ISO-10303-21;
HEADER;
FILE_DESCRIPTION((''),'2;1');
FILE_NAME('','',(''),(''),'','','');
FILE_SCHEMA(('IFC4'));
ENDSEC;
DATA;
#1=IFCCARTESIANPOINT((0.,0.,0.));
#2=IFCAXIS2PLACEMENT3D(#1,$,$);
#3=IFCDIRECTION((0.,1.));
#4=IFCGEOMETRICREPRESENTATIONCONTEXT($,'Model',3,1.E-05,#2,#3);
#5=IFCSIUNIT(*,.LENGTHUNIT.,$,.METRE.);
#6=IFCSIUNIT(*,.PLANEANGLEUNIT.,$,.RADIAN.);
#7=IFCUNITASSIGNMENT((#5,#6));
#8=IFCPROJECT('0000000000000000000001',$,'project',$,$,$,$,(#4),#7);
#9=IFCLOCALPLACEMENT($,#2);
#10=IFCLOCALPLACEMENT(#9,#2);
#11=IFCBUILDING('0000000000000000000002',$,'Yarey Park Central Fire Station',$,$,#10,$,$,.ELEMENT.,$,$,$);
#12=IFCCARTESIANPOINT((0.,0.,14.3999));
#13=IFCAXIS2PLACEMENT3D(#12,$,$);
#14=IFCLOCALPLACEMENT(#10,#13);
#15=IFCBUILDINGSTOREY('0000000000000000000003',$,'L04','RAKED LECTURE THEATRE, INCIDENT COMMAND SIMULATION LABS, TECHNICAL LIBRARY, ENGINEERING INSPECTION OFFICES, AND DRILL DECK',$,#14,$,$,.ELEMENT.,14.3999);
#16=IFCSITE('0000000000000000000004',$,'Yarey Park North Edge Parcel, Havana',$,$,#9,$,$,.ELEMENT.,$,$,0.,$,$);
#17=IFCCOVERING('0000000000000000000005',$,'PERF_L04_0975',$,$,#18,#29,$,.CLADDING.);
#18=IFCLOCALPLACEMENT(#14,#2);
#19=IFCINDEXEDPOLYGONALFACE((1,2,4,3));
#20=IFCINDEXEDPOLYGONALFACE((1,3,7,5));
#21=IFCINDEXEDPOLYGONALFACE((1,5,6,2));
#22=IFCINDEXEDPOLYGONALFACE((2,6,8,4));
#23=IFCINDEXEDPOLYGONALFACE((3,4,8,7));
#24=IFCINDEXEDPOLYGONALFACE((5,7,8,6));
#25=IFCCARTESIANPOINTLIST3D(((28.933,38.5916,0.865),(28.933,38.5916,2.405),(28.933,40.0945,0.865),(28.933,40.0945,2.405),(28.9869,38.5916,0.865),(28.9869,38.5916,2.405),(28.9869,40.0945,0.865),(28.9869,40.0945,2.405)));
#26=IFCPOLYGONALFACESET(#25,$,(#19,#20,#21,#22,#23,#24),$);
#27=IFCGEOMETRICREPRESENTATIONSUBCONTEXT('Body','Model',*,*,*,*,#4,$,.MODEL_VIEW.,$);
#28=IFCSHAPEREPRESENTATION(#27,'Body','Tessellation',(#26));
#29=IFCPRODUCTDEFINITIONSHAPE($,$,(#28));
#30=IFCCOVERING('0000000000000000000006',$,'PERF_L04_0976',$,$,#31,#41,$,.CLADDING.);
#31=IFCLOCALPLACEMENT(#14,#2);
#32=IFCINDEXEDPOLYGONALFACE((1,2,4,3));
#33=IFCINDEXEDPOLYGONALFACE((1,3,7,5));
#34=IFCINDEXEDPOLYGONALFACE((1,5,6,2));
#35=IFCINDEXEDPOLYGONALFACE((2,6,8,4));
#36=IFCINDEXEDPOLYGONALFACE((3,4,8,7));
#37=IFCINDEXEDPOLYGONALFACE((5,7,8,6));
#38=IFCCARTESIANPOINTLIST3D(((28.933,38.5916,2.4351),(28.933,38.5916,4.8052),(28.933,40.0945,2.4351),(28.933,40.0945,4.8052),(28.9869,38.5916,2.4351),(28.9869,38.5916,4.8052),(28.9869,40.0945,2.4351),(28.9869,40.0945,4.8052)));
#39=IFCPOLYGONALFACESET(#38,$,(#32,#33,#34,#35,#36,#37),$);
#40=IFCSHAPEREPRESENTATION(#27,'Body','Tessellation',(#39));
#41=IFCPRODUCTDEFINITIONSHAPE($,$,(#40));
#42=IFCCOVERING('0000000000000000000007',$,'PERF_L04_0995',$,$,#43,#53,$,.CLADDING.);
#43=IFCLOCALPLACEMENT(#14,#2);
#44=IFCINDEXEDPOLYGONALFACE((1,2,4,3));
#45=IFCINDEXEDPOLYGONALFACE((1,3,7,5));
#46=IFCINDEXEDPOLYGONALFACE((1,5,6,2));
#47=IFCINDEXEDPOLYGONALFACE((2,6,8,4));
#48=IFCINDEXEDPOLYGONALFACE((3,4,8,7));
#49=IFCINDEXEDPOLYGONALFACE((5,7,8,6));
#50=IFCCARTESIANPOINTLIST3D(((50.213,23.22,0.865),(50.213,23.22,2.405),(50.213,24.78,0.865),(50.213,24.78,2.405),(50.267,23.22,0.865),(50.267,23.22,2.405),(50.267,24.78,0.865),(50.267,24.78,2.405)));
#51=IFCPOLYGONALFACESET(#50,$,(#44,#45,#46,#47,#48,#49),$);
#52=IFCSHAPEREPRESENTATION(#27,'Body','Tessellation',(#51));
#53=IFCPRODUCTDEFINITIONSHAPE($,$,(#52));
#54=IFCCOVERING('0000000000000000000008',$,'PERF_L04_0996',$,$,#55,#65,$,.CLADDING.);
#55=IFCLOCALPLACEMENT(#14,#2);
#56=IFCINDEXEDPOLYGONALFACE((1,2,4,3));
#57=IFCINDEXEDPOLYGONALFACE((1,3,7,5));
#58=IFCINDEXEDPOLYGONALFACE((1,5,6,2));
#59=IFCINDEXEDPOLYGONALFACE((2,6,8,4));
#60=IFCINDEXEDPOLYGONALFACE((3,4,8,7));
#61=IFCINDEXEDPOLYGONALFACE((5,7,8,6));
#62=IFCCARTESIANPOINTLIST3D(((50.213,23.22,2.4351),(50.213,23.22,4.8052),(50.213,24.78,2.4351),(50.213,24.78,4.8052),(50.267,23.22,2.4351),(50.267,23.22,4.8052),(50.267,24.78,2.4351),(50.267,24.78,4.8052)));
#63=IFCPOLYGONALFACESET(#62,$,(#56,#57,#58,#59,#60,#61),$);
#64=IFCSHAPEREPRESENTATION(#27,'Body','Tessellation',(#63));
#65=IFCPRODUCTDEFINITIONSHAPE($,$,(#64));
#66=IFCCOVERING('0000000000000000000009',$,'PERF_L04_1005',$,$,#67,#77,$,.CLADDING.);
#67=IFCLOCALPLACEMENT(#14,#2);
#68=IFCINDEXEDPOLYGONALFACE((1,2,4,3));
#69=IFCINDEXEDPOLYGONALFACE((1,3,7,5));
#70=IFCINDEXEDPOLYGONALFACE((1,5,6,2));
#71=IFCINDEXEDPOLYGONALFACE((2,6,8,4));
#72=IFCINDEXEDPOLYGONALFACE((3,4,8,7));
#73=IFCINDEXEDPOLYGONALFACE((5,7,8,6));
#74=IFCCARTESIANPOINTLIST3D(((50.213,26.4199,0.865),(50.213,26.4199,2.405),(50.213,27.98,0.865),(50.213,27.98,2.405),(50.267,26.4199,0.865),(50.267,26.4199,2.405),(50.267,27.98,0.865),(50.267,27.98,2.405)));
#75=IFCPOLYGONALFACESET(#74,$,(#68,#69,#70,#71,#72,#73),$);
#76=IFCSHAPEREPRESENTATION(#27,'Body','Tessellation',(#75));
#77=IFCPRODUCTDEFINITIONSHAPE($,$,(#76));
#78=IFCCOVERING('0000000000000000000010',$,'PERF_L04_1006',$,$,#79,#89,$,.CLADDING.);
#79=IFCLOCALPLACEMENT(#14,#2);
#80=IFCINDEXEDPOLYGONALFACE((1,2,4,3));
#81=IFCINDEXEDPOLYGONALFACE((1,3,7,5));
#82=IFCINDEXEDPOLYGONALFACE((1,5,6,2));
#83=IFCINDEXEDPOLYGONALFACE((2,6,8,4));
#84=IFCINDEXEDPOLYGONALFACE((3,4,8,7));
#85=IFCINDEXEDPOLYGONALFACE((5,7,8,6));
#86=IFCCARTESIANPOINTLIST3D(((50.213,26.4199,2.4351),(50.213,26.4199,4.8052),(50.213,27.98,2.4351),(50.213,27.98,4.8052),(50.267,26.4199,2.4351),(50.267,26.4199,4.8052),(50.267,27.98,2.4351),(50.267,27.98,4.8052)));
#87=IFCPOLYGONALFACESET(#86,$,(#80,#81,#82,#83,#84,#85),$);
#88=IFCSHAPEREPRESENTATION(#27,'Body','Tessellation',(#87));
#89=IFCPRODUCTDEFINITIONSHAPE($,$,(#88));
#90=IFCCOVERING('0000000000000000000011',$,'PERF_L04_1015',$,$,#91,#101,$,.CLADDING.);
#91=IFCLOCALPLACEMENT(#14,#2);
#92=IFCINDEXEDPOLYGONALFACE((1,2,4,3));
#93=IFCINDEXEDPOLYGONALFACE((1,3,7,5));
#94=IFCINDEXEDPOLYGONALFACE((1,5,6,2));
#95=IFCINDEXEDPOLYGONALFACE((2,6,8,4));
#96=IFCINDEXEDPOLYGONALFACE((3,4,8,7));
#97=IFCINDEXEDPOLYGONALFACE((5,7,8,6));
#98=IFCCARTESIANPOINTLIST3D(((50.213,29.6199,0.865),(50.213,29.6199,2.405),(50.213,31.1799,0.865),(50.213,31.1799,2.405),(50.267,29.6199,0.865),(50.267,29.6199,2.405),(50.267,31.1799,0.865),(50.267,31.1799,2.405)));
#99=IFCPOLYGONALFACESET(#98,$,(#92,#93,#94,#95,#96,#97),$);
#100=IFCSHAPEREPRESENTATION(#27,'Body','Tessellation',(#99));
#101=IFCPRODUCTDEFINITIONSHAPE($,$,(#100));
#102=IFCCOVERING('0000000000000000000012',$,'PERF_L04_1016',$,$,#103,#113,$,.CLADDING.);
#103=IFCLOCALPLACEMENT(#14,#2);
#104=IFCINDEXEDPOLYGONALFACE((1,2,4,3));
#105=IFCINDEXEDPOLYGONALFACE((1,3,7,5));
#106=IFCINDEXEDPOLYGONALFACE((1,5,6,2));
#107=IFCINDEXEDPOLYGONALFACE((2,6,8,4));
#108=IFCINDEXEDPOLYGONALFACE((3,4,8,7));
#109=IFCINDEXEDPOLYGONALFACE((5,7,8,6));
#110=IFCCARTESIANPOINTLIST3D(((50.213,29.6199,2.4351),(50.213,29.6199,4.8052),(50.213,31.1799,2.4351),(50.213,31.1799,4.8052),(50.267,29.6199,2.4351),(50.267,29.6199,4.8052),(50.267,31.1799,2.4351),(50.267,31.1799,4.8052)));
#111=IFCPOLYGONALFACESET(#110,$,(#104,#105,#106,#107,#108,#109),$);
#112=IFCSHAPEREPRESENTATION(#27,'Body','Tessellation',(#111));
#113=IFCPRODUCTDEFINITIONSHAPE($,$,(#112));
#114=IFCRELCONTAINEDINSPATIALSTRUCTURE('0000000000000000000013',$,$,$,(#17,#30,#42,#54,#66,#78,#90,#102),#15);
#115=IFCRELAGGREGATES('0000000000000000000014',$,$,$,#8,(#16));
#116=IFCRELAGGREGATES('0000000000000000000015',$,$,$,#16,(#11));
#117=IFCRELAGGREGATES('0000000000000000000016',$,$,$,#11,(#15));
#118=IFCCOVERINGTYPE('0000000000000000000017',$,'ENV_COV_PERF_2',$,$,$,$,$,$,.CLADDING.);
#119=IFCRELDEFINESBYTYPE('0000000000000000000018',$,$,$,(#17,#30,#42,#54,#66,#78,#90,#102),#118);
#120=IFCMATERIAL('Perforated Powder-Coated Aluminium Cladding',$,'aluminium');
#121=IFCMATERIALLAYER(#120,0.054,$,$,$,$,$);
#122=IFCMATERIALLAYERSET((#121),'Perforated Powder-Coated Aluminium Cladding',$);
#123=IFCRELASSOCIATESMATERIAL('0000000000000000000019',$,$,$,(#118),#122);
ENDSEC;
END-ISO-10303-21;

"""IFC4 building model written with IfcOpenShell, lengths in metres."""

from ifc_helpers import new_model, si_unit, direction, frame, origin, origin_2d, place, context, subcontext, project, spatial, rectangle, extrude, material, layer, layer_set, type_object, element, save


model = new_model("IFC4")

# Units and contexts
model_context = context("Model", 3, precision=1e-05, world=origin(), true_north=direction((0.0, 1.0)))
body_context = subcontext(model_context, "Body", "Model", "MODEL_VIEW")
ifc_project = project(units=[si_unit("LENGTHUNIT", "METRE"), si_unit("PLANEANGLEUNIT", "RADIAN")], contexts=[model_context])

# Site, building, storey
site_placement = place(None, origin())
site = spatial("IfcSite", under=ifc_project, at=site_placement, Name="Yarey Park North Edge Parcel, Havana", CompositionType="ELEMENT", RefElevation=0.0)
building_placement = place(site_placement, origin())
building = spatial("IfcBuilding", under=site, at=building_placement, Name="Yarey Park Central Fire Station", CompositionType="ELEMENT")
storey_placement = place(building_placement, frame((0.0, 0.0, 14.3999)))
storey = spatial("IfcBuildingStorey", under=building, at=storey_placement, Name="L04", Description="RAKED LECTURE THEATRE, INCIDENT COMMAND SIMULATION LABS, TECHNICAL LIBRARY, ENGINEERING INSPECTION OFFICES, AND DRILL DECK", CompositionType="ELEMENT", Elevation=14.3999)

# Coverings
ifc_material = material(Name="Perforated Powder-Coated Aluminium Cladding", Category="aluminium")
ifc_layer_1 = layer(ifc_material, 0.054)
ifc_layer_set_1 = layer_set([ifc_layer_1], Name="Perforated Powder-Coated Aluminium Cladding")
covering_type_1 = type_object("IfcCoveringType", Name="ENV_COV_PERF_2", PredefinedType="CLADDING", material=ifc_layer_set_1)
covering_1_placement = place(storey_placement, frame((28.96, 39.343, 0.865), z_axis=(0.0, 0.0, 1.0), x_axis=(0.0, 1.0, 0.0)))
element("IfcCovering", 1, at=covering_1_placement, inside=storey, type_object=covering_type_1, Name="PERF_L04_0975", PredefinedType="CLADDING", context=body_context, shape_type="SweptSolid", body=[
    extrude(rectangle(XDim=1.5029, YDim=0.054, at=origin_2d()), origin(), (0.0, 0.0, 1.0), 1.54),
])
covering_2_placement = place(storey_placement, frame((28.96, 39.343, 2.4351), z_axis=(0.0, 0.0, 1.0), x_axis=(0.0, 1.0, 0.0)))
element("IfcCovering", 2, at=covering_2_placement, inside=storey, type_object=covering_type_1, Name="PERF_L04_0976", PredefinedType="CLADDING", context=body_context, shape_type="SweptSolid", body=[
    extrude(rectangle(XDim=1.5029, YDim=0.054, at=origin_2d()), origin(), (0.0, 0.0, 1.0), 2.3701),
])
covering_3_placement = place(storey_placement, frame((50.24, 24.0, 0.865), z_axis=(0.0, 0.0, 1.0), x_axis=(0.0, 1.0, 0.0)))
element("IfcCovering", 3, at=covering_3_placement, inside=storey, type_object=covering_type_1, Name="PERF_L04_0995", PredefinedType="CLADDING", context=body_context, shape_type="SweptSolid", body=[
    extrude(rectangle(XDim=1.5601, YDim=0.054, at=origin_2d()), origin(), (0.0, 0.0, 1.0), 1.54),
])
covering_4_placement = place(storey_placement, frame((50.24, 24.0, 2.4351), z_axis=(0.0, 0.0, 1.0), x_axis=(0.0, 1.0, 0.0)))
element("IfcCovering", 4, at=covering_4_placement, inside=storey, type_object=covering_type_1, Name="PERF_L04_0996", PredefinedType="CLADDING", context=body_context, shape_type="SweptSolid", body=[
    extrude(rectangle(XDim=1.5601, YDim=0.054, at=origin_2d()), origin(), (0.0, 0.0, 1.0), 2.3701),
])
covering_5_placement = place(storey_placement, frame((50.24, 27.2, 0.865), z_axis=(0.0, 0.0, 1.0), x_axis=(0.0, 1.0, 0.0)))
element("IfcCovering", 5, at=covering_5_placement, inside=storey, type_object=covering_type_1, Name="PERF_L04_1005", PredefinedType="CLADDING", context=body_context, shape_type="SweptSolid", body=[
    extrude(rectangle(XDim=1.5601, YDim=0.054, at=origin_2d()), origin(), (0.0, 0.0, 1.0), 1.54),
])
covering_6_placement = place(storey_placement, frame((50.24, 27.2, 2.4351), z_axis=(0.0, 0.0, 1.0), x_axis=(0.0, 1.0, 0.0)))
element("IfcCovering", 6, at=covering_6_placement, inside=storey, type_object=covering_type_1, Name="PERF_L04_1006", PredefinedType="CLADDING", context=body_context, shape_type="SweptSolid", body=[
    extrude(rectangle(XDim=1.5601, YDim=0.054, at=origin_2d()), origin(), (0.0, 0.0, 1.0), 2.3701),
])
covering_7_placement = place(storey_placement, frame((50.24, 30.3999, 0.865), z_axis=(0.0, 0.0, 1.0), x_axis=(0.0, 1.0, 0.0)))
element("IfcCovering", 7, at=covering_7_placement, inside=storey, type_object=covering_type_1, Name="PERF_L04_1015", PredefinedType="CLADDING", context=body_context, shape_type="SweptSolid", body=[
    extrude(rectangle(XDim=1.5601, YDim=0.054, at=origin_2d()), origin(), (0.0, 0.0, 1.0), 1.54),
])
covering_8_placement = place(storey_placement, frame((50.24, 30.3999, 2.4351), z_axis=(0.0, 0.0, 1.0), x_axis=(0.0, 1.0, 0.0)))
element("IfcCovering", 8, at=covering_8_placement, inside=storey, type_object=covering_type_1, Name="PERF_L04_1016", PredefinedType="CLADDING", context=body_context, shape_type="SweptSolid", body=[
    extrude(rectangle(XDim=1.5601, YDim=0.054, at=origin_2d()), origin(), (0.0, 0.0, 1.0), 2.3701),
])

save(model, "model.ifc")
